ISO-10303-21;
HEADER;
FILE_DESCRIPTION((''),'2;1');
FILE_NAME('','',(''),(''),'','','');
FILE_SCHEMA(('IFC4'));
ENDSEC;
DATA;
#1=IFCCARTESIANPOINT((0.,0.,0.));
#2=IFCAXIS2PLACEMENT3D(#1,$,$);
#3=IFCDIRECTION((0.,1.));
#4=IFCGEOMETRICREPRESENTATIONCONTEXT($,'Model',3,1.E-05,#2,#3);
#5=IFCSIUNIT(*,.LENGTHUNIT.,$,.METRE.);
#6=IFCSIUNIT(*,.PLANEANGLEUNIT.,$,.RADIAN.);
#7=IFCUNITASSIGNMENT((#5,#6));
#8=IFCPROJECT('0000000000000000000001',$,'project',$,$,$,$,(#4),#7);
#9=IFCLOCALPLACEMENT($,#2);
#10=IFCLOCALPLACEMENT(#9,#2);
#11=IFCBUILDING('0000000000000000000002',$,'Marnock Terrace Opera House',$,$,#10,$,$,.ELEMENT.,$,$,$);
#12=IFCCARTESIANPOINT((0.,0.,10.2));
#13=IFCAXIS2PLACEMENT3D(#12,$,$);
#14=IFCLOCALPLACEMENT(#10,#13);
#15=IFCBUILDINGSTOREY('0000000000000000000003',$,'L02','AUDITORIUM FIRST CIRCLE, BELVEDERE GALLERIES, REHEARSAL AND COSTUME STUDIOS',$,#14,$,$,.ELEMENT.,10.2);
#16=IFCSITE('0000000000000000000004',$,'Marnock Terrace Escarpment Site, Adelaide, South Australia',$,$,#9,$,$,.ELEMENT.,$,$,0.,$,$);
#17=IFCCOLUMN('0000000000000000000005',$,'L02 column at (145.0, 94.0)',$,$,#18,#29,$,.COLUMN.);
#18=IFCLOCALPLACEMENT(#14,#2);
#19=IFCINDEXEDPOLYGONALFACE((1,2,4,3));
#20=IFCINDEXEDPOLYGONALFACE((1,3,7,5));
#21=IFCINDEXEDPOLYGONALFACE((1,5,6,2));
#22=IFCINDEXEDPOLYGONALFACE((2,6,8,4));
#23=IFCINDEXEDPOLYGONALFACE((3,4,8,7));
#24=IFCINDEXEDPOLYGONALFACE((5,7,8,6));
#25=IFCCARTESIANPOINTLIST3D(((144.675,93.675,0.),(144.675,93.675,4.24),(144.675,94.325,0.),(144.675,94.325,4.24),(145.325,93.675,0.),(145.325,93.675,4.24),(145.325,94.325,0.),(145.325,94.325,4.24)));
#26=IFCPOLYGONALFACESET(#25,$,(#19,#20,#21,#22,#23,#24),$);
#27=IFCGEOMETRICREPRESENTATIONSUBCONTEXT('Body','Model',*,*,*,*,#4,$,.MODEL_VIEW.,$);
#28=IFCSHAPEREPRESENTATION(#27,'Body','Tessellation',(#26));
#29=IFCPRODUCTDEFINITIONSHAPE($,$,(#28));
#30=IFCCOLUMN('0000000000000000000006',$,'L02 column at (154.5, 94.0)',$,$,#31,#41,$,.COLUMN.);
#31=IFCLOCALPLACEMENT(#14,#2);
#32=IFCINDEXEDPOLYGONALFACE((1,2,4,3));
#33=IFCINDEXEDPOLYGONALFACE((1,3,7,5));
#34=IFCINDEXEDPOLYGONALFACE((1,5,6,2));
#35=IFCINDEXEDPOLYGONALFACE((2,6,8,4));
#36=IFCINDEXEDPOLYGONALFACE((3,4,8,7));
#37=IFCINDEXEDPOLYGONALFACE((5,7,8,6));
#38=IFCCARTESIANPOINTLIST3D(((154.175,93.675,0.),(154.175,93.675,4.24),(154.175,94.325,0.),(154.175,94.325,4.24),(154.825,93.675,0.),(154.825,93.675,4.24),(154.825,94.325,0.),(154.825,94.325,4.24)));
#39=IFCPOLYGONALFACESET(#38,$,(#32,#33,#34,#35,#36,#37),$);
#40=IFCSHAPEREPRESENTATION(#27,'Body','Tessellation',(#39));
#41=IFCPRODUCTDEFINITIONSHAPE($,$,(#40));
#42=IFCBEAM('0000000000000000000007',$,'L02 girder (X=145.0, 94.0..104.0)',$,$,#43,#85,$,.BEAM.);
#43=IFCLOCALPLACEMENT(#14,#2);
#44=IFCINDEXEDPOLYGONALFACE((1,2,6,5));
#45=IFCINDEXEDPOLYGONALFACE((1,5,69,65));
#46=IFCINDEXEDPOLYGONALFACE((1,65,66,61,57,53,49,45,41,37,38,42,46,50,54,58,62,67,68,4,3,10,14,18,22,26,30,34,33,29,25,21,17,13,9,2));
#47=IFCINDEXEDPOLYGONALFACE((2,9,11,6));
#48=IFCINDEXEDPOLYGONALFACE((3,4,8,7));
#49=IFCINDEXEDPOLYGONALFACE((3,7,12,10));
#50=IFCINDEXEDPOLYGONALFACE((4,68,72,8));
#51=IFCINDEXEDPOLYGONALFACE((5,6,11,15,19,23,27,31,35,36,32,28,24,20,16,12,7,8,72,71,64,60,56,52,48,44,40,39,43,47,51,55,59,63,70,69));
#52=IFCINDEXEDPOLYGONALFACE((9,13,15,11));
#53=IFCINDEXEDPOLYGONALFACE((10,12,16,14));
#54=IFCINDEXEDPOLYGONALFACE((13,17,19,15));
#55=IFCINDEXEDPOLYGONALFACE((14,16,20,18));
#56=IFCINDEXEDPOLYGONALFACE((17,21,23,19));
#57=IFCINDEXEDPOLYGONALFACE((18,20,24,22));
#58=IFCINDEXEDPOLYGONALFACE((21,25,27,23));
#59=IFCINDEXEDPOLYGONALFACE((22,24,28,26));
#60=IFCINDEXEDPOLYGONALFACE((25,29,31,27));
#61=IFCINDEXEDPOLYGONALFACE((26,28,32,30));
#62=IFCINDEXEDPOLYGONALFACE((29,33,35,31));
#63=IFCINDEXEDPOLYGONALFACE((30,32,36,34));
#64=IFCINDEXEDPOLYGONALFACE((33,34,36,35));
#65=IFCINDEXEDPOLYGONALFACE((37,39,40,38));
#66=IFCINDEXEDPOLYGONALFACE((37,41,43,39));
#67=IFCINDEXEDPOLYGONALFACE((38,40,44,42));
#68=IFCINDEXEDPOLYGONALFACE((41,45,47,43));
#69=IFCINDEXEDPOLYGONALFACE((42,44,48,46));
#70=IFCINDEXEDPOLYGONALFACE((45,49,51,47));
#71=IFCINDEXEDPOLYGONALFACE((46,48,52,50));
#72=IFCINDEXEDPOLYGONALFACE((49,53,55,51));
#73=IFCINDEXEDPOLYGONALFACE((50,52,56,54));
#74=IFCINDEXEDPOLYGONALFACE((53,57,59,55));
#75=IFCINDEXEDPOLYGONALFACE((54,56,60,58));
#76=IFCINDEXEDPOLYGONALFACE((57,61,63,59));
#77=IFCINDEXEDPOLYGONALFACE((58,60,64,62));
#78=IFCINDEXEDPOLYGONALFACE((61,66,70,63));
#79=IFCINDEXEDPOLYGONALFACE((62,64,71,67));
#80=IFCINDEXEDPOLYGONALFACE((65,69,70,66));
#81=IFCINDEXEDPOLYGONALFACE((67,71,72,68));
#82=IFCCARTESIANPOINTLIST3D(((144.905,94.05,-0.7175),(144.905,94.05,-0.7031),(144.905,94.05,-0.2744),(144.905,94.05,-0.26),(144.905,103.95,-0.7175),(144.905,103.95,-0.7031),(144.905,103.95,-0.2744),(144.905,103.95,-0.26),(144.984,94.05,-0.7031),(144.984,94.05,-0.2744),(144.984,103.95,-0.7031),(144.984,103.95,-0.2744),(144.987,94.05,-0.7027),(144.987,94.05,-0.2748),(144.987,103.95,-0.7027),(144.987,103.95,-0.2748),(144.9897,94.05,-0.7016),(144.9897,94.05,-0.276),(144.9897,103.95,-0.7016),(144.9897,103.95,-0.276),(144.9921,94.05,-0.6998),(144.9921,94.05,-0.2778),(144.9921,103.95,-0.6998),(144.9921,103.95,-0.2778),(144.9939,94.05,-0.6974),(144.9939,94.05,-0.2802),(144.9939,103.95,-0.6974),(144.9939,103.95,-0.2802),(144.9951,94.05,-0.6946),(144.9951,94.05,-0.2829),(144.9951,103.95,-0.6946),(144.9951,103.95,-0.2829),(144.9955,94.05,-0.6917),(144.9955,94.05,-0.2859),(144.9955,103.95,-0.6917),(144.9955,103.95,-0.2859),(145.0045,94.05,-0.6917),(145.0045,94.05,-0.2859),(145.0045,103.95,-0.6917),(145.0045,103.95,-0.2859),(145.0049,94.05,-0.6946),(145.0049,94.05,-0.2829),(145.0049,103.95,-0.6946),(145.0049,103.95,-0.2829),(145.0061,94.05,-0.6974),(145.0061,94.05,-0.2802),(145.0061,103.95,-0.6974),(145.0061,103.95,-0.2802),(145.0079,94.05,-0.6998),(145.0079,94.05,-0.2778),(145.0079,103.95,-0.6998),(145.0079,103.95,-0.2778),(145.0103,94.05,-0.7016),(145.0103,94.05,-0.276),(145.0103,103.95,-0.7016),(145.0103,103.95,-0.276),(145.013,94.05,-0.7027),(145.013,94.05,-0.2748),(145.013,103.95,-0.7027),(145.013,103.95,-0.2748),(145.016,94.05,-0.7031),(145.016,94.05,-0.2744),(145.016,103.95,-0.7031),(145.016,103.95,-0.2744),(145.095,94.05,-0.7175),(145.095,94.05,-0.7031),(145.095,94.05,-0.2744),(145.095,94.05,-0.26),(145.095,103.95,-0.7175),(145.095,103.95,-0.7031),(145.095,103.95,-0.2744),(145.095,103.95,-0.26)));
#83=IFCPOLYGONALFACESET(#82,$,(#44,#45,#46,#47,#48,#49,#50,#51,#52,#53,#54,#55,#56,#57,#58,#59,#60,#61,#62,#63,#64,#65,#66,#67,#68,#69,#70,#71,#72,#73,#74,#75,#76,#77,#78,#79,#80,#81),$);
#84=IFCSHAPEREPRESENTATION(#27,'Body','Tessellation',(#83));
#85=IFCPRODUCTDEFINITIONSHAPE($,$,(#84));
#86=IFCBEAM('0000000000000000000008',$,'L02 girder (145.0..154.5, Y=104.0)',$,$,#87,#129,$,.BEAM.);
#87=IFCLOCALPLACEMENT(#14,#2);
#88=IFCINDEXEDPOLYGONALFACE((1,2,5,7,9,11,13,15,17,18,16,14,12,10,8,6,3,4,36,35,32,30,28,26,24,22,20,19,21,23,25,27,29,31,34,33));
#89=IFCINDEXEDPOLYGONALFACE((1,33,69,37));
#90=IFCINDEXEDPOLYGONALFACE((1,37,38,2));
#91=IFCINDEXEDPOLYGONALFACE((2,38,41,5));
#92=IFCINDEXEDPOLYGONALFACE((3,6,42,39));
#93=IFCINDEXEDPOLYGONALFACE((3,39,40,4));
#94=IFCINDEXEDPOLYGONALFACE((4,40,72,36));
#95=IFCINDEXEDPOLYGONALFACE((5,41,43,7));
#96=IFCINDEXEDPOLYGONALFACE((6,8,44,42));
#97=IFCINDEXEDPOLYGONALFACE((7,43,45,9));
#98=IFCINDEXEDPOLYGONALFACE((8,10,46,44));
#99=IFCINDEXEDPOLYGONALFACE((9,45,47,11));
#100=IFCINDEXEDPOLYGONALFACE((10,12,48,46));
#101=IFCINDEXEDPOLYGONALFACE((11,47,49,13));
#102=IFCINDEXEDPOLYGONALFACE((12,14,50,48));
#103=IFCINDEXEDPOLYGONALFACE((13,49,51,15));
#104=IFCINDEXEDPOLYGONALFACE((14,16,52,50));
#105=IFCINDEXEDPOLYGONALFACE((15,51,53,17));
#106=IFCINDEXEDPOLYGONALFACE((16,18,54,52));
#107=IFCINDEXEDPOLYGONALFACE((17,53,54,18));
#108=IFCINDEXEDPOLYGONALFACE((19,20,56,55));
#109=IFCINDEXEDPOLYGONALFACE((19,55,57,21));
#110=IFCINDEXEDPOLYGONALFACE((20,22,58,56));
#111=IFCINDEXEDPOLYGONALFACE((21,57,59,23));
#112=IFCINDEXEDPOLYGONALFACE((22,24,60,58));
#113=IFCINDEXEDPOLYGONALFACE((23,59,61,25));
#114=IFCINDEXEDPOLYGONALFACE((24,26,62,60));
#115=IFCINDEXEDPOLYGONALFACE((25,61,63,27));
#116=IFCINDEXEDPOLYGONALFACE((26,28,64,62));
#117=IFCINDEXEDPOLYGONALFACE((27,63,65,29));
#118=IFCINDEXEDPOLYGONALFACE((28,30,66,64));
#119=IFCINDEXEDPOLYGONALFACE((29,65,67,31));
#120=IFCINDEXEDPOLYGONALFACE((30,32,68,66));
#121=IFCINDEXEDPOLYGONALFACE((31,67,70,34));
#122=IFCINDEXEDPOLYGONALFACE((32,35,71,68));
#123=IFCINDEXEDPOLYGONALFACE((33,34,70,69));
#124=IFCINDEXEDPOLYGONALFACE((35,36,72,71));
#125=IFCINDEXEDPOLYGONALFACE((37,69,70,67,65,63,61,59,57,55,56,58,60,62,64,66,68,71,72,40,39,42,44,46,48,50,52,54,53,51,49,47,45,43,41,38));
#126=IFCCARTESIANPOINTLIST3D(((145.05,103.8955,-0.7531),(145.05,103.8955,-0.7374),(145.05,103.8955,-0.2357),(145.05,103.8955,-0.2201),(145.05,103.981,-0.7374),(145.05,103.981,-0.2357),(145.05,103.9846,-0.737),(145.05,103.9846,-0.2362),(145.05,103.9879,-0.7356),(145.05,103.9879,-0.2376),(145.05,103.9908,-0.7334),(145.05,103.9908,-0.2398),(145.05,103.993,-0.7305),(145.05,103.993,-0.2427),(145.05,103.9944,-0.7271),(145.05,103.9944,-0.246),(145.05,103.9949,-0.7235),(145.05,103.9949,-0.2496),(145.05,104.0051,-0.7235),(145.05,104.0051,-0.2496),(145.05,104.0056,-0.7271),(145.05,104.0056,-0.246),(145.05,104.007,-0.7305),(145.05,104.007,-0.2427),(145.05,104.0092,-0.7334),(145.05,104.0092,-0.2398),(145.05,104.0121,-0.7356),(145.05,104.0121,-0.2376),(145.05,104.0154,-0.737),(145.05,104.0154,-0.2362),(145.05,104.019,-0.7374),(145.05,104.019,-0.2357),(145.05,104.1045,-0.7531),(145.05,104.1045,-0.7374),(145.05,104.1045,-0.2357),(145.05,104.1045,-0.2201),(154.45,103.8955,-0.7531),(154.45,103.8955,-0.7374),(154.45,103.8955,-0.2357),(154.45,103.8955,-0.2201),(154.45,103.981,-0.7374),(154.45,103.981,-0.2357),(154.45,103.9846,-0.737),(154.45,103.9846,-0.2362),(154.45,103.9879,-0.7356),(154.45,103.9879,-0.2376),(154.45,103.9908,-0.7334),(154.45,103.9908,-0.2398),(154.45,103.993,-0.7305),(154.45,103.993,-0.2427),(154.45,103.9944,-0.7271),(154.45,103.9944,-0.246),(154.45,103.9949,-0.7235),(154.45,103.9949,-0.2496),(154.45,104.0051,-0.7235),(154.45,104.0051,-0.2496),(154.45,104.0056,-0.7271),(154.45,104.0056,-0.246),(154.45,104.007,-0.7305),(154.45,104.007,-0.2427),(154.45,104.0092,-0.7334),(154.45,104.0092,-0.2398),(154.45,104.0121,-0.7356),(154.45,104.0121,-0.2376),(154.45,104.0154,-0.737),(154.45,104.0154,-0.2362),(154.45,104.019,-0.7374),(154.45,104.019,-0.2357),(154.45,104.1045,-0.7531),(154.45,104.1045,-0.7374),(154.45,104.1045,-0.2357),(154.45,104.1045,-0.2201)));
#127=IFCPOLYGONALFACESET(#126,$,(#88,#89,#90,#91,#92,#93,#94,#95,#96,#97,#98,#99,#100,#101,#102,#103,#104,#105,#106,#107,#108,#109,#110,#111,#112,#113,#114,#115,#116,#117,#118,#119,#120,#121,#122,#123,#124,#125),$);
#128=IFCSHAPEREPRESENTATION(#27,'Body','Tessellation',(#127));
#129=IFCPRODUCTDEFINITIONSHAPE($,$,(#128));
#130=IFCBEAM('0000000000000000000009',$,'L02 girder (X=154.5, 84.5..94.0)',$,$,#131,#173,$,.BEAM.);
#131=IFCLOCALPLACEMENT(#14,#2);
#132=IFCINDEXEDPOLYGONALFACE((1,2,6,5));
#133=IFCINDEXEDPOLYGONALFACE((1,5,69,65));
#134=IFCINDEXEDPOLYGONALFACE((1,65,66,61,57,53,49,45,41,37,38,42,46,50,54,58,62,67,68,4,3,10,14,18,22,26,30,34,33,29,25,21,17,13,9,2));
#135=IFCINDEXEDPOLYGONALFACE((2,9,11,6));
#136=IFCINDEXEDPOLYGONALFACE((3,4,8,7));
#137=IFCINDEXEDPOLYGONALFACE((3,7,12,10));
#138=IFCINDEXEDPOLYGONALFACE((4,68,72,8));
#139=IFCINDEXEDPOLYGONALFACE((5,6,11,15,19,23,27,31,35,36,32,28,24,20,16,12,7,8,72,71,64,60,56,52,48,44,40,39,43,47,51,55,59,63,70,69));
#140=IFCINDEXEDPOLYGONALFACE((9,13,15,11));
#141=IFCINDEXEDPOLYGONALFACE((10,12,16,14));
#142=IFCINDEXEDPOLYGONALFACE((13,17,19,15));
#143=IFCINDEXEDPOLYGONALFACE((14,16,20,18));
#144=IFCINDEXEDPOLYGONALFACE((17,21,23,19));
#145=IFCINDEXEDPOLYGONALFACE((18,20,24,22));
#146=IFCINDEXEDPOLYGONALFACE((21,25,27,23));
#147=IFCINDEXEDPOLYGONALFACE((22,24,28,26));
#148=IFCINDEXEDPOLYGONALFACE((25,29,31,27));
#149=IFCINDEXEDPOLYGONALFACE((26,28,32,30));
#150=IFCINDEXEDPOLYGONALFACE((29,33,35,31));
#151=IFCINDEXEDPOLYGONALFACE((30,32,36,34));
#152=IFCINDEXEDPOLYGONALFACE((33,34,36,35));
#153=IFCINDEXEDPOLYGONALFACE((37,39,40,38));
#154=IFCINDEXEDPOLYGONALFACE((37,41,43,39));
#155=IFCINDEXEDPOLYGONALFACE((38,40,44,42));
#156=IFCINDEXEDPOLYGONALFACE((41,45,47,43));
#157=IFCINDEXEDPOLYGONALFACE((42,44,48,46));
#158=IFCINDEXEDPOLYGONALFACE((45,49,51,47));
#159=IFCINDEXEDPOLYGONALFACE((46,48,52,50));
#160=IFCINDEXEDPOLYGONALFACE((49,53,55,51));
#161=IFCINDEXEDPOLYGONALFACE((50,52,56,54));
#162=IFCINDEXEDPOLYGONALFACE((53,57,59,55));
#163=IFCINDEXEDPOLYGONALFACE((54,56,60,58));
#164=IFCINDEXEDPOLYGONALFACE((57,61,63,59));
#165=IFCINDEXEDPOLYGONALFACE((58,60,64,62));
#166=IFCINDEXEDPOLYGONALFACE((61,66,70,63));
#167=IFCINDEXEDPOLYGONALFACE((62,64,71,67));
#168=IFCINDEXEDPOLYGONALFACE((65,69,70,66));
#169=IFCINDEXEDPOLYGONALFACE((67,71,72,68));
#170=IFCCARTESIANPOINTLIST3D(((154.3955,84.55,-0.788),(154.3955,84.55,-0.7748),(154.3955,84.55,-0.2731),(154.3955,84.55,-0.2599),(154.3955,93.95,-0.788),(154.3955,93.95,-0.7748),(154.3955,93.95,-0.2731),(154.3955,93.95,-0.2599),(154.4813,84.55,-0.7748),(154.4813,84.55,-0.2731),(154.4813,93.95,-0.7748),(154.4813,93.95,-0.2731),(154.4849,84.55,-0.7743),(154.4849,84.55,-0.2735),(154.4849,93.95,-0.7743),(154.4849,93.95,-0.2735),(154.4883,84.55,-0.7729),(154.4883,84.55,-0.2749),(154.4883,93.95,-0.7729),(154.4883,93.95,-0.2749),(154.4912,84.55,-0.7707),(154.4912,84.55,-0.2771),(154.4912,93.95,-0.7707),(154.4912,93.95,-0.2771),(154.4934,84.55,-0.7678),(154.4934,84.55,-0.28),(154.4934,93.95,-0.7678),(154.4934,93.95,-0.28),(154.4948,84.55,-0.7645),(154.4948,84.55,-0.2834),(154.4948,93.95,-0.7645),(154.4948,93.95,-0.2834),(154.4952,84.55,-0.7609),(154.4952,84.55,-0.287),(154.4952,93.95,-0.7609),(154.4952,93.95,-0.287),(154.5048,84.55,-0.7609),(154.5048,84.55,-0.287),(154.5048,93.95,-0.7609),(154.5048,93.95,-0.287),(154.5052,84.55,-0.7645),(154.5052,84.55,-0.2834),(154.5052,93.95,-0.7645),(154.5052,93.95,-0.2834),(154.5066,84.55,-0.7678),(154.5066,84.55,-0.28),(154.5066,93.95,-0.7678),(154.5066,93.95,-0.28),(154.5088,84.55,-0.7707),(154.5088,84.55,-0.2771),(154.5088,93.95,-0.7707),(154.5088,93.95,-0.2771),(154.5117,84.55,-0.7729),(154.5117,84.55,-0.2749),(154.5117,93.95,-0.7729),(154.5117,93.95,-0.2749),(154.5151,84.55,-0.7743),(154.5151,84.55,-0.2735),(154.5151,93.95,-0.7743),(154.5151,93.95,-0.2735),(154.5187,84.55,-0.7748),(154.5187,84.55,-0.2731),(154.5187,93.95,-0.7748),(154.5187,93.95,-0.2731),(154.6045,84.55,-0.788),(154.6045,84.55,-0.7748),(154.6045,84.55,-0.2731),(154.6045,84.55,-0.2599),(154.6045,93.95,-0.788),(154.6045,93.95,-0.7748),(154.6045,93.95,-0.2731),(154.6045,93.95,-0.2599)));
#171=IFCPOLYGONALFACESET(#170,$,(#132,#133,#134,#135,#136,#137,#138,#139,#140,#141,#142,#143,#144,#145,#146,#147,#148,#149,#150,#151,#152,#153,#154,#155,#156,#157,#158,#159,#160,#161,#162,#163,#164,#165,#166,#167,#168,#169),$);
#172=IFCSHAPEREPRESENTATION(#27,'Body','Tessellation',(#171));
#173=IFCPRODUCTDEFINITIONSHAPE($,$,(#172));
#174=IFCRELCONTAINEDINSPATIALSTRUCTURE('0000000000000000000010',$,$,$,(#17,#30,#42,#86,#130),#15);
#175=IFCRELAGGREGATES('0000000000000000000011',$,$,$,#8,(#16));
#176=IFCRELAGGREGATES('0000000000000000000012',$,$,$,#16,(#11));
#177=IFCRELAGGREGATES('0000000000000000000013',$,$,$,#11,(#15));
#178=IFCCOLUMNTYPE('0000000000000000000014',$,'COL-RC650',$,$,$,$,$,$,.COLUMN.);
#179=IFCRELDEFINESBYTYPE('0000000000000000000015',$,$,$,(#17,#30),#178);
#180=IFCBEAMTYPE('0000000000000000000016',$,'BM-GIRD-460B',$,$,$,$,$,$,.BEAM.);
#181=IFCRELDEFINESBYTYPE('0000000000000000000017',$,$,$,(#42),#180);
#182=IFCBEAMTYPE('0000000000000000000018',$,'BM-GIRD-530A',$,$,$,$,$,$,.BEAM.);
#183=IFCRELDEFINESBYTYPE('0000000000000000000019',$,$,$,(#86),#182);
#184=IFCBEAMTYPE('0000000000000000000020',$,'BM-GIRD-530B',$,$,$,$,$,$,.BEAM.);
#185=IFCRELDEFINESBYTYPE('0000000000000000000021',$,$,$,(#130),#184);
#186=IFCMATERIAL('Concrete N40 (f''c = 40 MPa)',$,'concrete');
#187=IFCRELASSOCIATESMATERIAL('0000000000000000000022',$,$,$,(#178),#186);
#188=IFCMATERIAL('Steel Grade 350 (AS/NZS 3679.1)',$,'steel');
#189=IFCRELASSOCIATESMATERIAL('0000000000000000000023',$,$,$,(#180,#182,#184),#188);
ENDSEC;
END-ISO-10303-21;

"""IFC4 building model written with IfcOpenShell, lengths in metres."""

from ifc_helpers import new_model, si_unit, direction, frame, origin, origin_2d, place, context, subcontext, project, spatial, rectangle, i_section, extrude, material, material_profile, profile_set, type_object, element, save


model = new_model("IFC4")

# Units and contexts
model_context = context("Model", 3, precision=1e-05, world=origin(), true_north=direction((0.0, 1.0)))
body_context = subcontext(model_context, "Body", "Model", "MODEL_VIEW")
ifc_project = project(units=[si_unit("LENGTHUNIT", "METRE"), si_unit("PLANEANGLEUNIT", "RADIAN")], contexts=[model_context])

# Site, building, storey
site_placement = place(None, origin())
site = spatial("IfcSite", under=ifc_project, at=site_placement, Name="Marnock Terrace Escarpment Site, Adelaide, South Australia", CompositionType="ELEMENT", RefElevation=0.0)
building_placement = place(site_placement, origin())
building = spatial("IfcBuilding", under=site, at=building_placement, Name="Marnock Terrace Opera House", CompositionType="ELEMENT")
storey_placement = place(building_placement, frame((0.0, 0.0, 10.2)))
storey = spatial("IfcBuildingStorey", under=building, at=storey_placement, Name="L02", Description="AUDITORIUM FIRST CIRCLE, BELVEDERE GALLERIES, REHEARSAL AND COSTUME STUDIOS", CompositionType="ELEMENT", Elevation=10.2)

# Columns
ifc_material_1 = material(Name="Concrete N40 (f'c = 40 MPa)", Category="concrete")
ifc_material_profile_1 = material_profile(ifc_material_1, rectangle(XDim=0.6499, YDim=0.6499, at=origin_2d()))
ifc_profile_set_1 = profile_set([ifc_material_profile_1], Name="Concrete N40 (f'c = 40 MPa)")
column_type = type_object("IfcColumnType", Name="COL-RC650", PredefinedType="COLUMN", material=ifc_profile_set_1)
for number, where, z_axis, x_axis, name in (
    (1, (145.0, 94.0, 0.0), (0.0, 0.0, 1.0), (1.0, 0.0, 0.0), "L02 column at (145.0, 94.0)"),
    (2, (154.5, 94.0, 0.0), (0.0, 0.0, 1.0), (1.0, 0.0, 0.0), "L02 column at (154.5, 94.0)"),
):
    element("IfcColumn", number, at=place(storey_placement, frame(where, z_axis=z_axis, x_axis=x_axis)), inside=storey, type_object=column_type, Name=name, PredefinedType="COLUMN", context=body_context, shape_type="SweptSolid", body=[
        extrude(rectangle(XDim=0.6499, YDim=0.6499, at=origin_2d()), origin(), (0.0, 0.0, 1.0), 4.24),
    ])

# Beams
ifc_material_2 = material(Name="Steel Grade 350 (AS/NZS 3679.1)", Category="steel")
ifc_material_profile_2 = material_profile(ifc_material_2, i_section(OverallWidth=0.1899, OverallDepth=0.4575, WebThickness=0.009, FlangeThickness=0.0144, FilletRadius=0.0115, at=origin_2d()))
ifc_profile_set_2 = profile_set([ifc_material_profile_2], Name="Steel Grade 350 (AS/NZS 3679.1)")
beam_type_1 = type_object("IfcBeamType", Name="BM-GIRD-460B", PredefinedType="BEAM", material=ifc_profile_set_2)
beam_1_placement = place(storey_placement, frame((145.0, 94.05, -0.4888), z_axis=(0.0, 1.0, 0.0), x_axis=(-1.0, 0.0, 0.0)))
element("IfcBeam", 3, at=beam_1_placement, inside=storey, type_object=beam_type_1, Name="L02 girder (X=145.0, 94.0..104.0)", PredefinedType="BEAM", context=body_context, shape_type="SweptSolid", body=[
    extrude(i_section(OverallWidth=0.1899, OverallDepth=0.4575, WebThickness=0.009, FlangeThickness=0.0144, FilletRadius=0.0115, at=origin_2d()), origin(), (0.0, 0.0, 1.0), 9.8999),
])
ifc_material_profile_3 = material_profile(ifc_material_2, i_section(OverallWidth=0.209, OverallDepth=0.533, WebThickness=0.0103, FlangeThickness=0.0156, FilletRadius=0.0139, at=origin_2d()))
ifc_profile_set_3 = profile_set([ifc_material_profile_3], Name="Steel Grade 350 (AS/NZS 3679.1)")
beam_type_2 = type_object("IfcBeamType", Name="BM-GIRD-530A", PredefinedType="BEAM", material=ifc_profile_set_3)
beam_2_placement = place(storey_placement, frame((145.05, 104.0, -0.4866), z_axis=(1.0, 0.0, 0.0), x_axis=(0.0, 1.0, 0.0)))
element("IfcBeam", 4, at=beam_2_placement, inside=storey, type_object=beam_type_2, Name="L02 girder (145.0..154.5, Y=104.0)", PredefinedType="BEAM", context=body_context, shape_type="SweptSolid", body=[
    extrude(i_section(OverallWidth=0.209, OverallDepth=0.533, WebThickness=0.0103, FlangeThickness=0.0156, FilletRadius=0.0139, at=origin_2d()), origin(), (0.0, 0.0, 1.0), 9.3999),
])
ifc_material_profile_4 = material_profile(ifc_material_2, i_section(OverallWidth=0.209, OverallDepth=0.5281, WebThickness=0.0095, FlangeThickness=0.0132, FilletRadius=0.0139, at=origin_2d()))
ifc_profile_set_4 = profile_set([ifc_material_profile_4], Name="Steel Grade 350 (AS/NZS 3679.1)")
beam_type_3 = type_object("IfcBeamType", Name="BM-GIRD-530B", PredefinedType="BEAM", material=ifc_profile_set_4)
beam_3_placement = place(storey_placement, frame((154.5, 84.55, -0.5239), z_axis=(0.0, 1.0, 0.0), x_axis=(-1.0, 0.0, 0.0)))
element("IfcBeam", 5, at=beam_3_placement, inside=storey, type_object=beam_type_3, Name="L02 girder (X=154.5, 84.5..94.0)", PredefinedType="BEAM", context=body_context, shape_type="SweptSolid", body=[
    extrude(i_section(OverallWidth=0.209, OverallDepth=0.5281, WebThickness=0.0095, FlangeThickness=0.0132, FilletRadius=0.0139, at=origin_2d()), origin(), (0.0, 0.0, 1.0), 9.3999),
])

save(model, "model.ifc")
